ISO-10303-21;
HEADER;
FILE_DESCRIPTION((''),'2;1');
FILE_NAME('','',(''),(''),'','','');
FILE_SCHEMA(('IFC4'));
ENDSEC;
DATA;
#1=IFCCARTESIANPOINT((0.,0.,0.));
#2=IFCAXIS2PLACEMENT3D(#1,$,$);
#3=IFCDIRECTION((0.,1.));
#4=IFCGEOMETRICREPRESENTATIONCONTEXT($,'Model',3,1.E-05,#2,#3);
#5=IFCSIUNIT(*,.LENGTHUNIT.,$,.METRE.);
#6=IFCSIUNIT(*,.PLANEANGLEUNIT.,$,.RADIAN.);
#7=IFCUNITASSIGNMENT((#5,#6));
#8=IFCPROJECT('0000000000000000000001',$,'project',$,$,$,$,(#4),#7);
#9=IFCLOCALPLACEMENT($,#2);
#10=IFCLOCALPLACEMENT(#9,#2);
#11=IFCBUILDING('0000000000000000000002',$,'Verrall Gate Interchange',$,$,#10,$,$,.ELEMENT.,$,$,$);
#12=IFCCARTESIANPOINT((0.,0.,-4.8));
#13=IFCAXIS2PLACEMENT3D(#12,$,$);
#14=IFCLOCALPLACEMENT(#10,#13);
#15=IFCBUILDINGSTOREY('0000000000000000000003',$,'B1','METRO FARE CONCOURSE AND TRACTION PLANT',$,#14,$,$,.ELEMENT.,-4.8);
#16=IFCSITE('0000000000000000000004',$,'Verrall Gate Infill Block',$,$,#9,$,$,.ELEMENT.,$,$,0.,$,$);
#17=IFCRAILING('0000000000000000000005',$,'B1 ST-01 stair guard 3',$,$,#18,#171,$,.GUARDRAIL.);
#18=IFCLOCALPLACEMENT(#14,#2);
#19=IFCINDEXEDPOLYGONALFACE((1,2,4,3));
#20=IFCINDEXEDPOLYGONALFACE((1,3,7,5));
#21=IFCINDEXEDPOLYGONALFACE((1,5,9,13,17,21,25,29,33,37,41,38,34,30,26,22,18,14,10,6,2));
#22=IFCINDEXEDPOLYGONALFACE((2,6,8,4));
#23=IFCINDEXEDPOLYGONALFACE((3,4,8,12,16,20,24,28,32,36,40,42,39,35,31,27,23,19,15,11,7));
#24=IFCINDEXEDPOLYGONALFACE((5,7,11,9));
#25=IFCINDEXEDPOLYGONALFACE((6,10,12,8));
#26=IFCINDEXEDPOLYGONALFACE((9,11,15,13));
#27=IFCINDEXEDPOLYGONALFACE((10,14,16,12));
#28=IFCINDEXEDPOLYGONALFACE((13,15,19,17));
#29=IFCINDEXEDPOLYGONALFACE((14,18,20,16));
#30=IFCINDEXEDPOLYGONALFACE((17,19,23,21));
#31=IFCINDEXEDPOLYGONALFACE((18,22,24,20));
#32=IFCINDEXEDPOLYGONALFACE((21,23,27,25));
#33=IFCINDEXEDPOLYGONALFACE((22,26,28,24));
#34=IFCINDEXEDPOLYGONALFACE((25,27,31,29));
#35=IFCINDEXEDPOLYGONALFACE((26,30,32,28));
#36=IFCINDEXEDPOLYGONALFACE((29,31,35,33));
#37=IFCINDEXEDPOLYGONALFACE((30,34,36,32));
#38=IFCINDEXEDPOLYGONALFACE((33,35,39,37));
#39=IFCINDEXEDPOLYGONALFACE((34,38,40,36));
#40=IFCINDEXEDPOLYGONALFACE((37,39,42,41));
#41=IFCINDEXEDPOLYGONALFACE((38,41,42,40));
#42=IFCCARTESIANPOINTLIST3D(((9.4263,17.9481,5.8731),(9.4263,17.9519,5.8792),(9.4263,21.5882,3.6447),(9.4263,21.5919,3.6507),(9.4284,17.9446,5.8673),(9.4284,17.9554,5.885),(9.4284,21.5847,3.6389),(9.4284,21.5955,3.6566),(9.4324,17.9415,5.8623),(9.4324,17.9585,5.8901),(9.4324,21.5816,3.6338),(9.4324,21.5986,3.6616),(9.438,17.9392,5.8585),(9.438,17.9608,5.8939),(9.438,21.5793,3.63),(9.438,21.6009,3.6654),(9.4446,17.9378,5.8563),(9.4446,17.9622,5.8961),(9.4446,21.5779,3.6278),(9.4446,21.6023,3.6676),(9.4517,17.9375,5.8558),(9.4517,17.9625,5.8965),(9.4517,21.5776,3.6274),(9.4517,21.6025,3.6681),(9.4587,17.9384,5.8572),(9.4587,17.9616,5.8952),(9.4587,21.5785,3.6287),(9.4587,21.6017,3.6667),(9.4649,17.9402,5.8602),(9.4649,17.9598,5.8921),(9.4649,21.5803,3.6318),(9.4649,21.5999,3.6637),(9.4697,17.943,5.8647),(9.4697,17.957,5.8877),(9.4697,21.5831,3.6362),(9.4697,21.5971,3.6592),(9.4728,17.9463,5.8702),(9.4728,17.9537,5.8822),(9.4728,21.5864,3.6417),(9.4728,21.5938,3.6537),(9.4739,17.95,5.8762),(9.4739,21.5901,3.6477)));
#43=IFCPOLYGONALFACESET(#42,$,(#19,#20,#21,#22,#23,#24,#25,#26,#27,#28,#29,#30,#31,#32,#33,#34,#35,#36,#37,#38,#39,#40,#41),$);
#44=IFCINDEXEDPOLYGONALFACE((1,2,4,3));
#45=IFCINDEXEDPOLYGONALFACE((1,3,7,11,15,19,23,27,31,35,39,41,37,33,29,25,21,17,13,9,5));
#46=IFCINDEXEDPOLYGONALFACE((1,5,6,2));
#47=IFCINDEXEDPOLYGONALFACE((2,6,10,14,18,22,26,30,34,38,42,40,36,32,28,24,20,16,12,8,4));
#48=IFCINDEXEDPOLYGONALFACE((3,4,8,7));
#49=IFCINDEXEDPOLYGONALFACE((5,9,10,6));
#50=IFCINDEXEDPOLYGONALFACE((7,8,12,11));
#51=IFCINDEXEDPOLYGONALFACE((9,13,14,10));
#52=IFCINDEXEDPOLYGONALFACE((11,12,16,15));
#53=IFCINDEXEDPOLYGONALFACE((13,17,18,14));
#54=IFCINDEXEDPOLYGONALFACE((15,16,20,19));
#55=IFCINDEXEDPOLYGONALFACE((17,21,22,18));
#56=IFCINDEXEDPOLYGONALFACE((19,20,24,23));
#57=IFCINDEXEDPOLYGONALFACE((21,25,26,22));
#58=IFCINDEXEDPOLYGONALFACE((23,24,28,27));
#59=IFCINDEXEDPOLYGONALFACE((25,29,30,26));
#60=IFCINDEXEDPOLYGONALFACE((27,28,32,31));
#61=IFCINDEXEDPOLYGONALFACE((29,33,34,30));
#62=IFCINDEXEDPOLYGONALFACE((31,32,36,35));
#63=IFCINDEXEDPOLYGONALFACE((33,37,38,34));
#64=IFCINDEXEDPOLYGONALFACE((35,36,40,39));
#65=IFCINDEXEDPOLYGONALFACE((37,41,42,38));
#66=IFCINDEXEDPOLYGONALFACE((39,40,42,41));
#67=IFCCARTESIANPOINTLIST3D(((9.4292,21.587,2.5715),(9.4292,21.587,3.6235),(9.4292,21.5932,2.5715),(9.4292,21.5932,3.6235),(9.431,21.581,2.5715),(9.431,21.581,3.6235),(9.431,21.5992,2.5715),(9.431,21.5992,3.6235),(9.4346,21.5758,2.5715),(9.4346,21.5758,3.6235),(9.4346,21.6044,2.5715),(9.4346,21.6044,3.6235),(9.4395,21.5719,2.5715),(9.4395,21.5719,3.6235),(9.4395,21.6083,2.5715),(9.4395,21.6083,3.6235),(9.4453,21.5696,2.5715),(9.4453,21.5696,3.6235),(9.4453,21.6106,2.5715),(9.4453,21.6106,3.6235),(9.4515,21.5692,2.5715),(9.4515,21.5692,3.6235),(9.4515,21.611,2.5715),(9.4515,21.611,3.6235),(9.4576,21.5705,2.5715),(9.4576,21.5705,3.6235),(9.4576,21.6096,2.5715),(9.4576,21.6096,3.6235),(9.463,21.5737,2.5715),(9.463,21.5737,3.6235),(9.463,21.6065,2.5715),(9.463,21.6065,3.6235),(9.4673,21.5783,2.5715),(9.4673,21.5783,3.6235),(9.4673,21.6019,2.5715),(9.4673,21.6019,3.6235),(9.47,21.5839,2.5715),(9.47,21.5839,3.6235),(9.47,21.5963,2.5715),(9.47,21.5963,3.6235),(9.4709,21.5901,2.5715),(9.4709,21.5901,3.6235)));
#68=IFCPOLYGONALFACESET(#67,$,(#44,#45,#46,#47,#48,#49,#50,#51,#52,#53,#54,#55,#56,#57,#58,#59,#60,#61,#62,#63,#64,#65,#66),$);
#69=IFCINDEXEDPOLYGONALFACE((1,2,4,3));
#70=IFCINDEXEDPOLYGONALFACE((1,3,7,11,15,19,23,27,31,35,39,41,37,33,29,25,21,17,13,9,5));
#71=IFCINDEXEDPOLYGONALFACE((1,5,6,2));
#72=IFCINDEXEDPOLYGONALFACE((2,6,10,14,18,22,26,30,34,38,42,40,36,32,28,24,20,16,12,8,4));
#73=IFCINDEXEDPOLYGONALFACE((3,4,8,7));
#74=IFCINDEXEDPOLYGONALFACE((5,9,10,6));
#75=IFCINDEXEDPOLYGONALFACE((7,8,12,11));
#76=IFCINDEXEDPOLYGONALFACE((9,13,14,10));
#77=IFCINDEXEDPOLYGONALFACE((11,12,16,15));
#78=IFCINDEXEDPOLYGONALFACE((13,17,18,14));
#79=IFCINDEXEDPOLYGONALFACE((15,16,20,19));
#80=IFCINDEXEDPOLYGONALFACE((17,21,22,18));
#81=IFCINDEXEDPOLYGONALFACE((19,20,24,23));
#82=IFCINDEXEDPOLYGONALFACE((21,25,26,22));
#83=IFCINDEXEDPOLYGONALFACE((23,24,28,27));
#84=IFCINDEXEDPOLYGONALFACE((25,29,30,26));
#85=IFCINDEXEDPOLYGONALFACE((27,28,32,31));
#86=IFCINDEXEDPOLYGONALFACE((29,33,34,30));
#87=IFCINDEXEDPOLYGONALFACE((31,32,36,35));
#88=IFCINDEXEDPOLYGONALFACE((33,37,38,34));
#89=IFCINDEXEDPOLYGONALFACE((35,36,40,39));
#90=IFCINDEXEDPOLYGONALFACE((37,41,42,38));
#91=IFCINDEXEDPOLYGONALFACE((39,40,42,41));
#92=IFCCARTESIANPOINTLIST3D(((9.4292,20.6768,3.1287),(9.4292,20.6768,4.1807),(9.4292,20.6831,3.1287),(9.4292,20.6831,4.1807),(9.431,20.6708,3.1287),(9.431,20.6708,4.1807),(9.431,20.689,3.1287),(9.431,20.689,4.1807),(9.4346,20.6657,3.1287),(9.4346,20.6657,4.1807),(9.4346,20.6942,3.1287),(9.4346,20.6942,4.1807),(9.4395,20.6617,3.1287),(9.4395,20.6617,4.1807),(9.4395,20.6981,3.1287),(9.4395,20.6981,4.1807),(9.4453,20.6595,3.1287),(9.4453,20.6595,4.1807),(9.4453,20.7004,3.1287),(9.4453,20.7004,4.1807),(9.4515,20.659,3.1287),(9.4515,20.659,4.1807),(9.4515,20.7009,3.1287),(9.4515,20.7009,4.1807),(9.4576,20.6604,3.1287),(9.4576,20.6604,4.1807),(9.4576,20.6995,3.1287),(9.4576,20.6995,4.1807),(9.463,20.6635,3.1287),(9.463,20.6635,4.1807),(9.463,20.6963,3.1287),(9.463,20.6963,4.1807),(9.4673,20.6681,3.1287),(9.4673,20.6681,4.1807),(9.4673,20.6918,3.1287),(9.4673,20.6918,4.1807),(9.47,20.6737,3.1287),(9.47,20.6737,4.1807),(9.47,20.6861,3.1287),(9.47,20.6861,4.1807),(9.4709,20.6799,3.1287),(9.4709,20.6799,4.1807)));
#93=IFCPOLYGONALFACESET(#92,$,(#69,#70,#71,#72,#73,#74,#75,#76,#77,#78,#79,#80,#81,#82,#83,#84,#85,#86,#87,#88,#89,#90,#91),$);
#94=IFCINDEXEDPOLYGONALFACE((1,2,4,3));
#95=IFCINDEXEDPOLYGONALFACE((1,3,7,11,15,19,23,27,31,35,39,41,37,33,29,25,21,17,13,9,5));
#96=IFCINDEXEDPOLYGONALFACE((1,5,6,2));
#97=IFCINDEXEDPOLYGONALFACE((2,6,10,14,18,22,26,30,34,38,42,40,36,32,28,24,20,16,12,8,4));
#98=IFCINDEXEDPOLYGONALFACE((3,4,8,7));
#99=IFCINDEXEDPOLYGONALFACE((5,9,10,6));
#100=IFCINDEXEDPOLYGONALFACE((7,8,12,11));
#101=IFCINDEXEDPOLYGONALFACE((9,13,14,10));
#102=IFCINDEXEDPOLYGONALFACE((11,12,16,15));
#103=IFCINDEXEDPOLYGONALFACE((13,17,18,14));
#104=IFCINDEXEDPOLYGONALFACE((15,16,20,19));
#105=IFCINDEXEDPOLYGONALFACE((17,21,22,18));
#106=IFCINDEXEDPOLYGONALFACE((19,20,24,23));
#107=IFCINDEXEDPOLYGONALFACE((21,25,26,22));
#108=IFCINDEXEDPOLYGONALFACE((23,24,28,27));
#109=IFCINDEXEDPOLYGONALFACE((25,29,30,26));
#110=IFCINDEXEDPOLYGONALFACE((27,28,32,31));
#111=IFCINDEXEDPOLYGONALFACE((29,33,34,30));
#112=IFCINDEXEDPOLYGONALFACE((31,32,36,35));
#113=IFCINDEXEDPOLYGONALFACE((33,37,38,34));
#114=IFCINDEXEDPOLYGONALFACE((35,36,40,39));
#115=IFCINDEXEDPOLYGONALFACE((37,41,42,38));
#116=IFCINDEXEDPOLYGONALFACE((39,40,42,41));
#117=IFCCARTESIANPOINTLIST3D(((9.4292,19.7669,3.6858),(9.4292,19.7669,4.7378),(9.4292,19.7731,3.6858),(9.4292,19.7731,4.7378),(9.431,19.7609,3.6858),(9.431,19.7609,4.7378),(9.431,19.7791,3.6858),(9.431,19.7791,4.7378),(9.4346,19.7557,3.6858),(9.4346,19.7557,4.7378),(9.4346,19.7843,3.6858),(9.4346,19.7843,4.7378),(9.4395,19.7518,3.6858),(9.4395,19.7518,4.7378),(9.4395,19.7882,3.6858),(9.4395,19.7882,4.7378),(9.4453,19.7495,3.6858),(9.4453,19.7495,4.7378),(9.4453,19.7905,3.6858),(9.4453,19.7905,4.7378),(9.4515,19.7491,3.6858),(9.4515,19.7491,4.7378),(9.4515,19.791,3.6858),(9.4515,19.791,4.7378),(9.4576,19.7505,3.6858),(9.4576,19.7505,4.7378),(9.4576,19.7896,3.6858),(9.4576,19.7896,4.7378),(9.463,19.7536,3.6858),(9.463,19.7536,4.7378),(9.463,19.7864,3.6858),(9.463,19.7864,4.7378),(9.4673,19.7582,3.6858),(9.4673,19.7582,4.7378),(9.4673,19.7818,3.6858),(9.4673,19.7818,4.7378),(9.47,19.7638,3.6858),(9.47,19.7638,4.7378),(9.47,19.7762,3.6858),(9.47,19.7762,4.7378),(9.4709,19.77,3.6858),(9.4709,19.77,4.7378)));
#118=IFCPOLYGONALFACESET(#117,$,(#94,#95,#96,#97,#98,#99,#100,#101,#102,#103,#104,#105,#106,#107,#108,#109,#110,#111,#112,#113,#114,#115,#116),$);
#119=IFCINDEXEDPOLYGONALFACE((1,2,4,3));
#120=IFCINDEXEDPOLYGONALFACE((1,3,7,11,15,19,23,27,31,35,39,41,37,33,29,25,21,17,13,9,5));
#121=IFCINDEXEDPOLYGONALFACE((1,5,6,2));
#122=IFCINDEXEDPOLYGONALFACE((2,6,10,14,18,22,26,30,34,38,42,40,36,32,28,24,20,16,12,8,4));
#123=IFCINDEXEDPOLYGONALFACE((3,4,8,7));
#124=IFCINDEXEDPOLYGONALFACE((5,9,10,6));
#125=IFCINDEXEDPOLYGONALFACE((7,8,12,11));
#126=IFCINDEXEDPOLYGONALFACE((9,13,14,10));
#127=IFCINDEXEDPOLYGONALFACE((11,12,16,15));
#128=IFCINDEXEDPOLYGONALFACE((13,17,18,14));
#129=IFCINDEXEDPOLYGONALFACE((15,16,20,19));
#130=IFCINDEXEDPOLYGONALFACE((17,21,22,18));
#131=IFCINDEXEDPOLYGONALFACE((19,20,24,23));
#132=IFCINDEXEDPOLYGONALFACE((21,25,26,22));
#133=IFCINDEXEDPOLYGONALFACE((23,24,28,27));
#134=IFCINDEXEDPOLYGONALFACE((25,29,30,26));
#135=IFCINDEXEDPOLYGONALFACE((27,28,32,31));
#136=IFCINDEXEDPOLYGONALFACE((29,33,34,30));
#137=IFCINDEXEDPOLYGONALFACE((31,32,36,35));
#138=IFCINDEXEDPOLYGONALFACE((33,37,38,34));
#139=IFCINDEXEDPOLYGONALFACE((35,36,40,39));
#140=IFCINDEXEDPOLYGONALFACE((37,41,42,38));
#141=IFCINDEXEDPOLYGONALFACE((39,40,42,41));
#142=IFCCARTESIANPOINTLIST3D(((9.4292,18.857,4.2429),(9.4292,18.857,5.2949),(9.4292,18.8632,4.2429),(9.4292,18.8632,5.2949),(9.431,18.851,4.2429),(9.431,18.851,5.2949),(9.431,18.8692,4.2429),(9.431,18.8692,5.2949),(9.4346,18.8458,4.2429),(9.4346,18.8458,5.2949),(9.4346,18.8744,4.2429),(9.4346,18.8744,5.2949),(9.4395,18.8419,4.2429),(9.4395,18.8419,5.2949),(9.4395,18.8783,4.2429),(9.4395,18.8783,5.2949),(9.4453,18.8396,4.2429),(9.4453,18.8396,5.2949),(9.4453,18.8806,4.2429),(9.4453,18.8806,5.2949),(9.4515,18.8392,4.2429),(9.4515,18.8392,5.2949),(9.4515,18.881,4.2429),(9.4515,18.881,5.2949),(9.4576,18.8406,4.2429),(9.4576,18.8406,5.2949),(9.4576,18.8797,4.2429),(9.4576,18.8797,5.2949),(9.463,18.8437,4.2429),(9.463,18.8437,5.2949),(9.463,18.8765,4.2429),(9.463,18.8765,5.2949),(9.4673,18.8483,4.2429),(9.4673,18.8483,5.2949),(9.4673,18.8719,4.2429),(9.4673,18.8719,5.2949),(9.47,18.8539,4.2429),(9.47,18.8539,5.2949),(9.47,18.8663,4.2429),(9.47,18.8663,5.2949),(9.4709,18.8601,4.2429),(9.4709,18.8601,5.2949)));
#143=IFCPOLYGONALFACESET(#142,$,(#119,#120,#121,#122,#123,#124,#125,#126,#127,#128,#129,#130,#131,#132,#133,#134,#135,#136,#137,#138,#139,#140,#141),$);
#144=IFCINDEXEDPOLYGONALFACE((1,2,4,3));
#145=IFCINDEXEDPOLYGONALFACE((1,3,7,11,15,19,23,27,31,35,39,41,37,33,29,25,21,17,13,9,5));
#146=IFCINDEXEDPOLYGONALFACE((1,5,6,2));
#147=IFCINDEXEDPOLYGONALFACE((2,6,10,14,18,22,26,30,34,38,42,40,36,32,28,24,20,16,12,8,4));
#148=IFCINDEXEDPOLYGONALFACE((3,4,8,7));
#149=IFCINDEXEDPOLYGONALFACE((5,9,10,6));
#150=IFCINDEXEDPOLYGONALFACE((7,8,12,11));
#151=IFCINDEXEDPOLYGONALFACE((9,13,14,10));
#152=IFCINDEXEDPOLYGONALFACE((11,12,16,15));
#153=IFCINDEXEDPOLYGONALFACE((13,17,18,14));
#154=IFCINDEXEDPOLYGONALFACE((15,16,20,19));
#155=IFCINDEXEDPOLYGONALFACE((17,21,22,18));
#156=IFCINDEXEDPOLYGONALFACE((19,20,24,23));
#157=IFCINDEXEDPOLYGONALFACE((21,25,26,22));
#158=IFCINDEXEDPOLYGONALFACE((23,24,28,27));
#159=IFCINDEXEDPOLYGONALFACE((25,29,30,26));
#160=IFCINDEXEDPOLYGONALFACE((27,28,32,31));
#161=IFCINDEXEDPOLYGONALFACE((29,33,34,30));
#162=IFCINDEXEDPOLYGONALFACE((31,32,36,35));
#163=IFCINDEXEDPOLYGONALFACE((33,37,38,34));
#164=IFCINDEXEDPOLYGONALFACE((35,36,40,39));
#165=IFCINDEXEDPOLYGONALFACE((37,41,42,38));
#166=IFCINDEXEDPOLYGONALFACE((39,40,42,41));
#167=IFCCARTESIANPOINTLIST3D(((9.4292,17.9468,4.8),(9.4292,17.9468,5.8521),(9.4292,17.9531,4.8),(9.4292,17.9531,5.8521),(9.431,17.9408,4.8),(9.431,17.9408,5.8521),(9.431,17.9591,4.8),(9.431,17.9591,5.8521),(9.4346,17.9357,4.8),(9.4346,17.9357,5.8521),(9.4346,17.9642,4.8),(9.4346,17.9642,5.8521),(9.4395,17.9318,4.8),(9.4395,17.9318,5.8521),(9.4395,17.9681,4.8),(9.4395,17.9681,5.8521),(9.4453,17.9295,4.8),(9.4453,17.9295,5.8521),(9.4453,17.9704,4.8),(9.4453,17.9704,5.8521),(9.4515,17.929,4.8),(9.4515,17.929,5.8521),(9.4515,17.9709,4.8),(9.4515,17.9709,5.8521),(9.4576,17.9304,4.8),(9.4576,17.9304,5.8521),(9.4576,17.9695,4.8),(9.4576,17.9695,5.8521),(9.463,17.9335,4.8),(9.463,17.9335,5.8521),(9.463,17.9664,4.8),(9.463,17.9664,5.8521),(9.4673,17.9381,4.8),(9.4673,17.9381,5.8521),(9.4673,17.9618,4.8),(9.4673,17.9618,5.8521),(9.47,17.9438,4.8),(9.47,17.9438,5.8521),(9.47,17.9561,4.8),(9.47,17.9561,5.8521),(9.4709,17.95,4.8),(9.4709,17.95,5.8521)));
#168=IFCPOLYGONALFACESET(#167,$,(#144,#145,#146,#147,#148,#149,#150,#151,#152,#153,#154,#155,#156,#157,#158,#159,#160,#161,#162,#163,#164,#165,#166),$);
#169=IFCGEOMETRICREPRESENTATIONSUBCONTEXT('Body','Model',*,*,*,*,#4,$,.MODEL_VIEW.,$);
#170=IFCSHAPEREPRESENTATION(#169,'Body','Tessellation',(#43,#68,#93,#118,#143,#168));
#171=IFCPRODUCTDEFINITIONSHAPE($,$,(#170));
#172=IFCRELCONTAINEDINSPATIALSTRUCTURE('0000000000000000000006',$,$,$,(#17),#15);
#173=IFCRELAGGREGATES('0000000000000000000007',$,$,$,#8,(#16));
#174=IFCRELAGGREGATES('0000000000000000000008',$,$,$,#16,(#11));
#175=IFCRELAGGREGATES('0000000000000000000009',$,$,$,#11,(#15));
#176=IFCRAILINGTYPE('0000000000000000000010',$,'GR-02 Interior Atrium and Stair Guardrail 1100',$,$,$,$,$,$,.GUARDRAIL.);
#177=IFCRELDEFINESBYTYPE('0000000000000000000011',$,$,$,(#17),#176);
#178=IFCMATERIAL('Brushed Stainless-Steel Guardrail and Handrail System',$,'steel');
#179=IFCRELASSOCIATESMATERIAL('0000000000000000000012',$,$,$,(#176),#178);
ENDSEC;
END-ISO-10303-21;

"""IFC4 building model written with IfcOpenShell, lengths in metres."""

from ifc_helpers import new_model, si_unit, direction, frame, origin, origin_2d, place, context, subcontext, project, spatial, circle, extrude, material, type_object, element, save


model = new_model("IFC4")

# Units and contexts
model_context = context("Model", 3, precision=1e-05, world=origin(), true_north=direction((0.0, 1.0)))
body_context = subcontext(model_context, "Body", "Model", "MODEL_VIEW")
ifc_project = project(units=[si_unit("LENGTHUNIT", "METRE"), si_unit("PLANEANGLEUNIT", "RADIAN")], contexts=[model_context])

# Site, building, storey
site_placement = place(None, origin())
site = spatial("IfcSite", under=ifc_project, at=site_placement, Name="Verrall Gate Infill Block", CompositionType="ELEMENT", RefElevation=0.0)
building_placement = place(site_placement, origin())
building = spatial("IfcBuilding", under=site, at=building_placement, Name="Verrall Gate Interchange", CompositionType="ELEMENT")
storey_placement = place(building_placement, frame((0.0, 0.0, -4.8)))
storey = spatial("IfcBuildingStorey", under=building, at=storey_placement, Name="B1", Description="METRO FARE CONCOURSE AND TRACTION PLANT", CompositionType="ELEMENT", Elevation=-4.8)

# Railing
ifc_material_1 = material(Name="Brushed Stainless-Steel Guardrail and Handrail System", Category="steel")
railing_type_1 = type_object("IfcRailingType", Name="GR-02 Interior Atrium and Stair Guardrail 1100", PredefinedType="GUARDRAIL", material=ifc_material_1)
railing_1_placement = place(storey_placement, frame((9.45, 21.5901, 2.5715)))
element("IfcRailing", 1, at=railing_1_placement, inside=storey, type_object=railing_type_1, Name="B1 ST-01 stair guard 3", PredefinedType="GUARDRAIL", context=body_context, shape_type="SweptSolid", body=[
    extrude(circle(Radius=0.0239, at=origin_2d()), frame((0.0, 0.0, 1.0762), z_axis=(0.0, -0.852866, 0.52213), x_axis=(1.0, 0.0, 0.0)), (0.0, 0.0, 1.0), 4.2681),
    extrude(circle(Radius=0.021, at=origin_2d()), origin(), (0.0, 0.0, 1.0), 1.052),
    extrude(circle(Radius=0.021, at=origin_2d()), frame((0.0, -0.9102, 0.5571)), (0.0, 0.0, 1.0), 1.052),
    extrude(circle(Radius=0.021, at=origin_2d()), frame((0.0, -1.8201, 1.1143)), (0.0, 0.0, 1.0), 1.052),
    extrude(circle(Radius=0.021, at=origin_2d()), frame((0.0, -2.73, 1.6714)), (0.0, 0.0, 1.0), 1.052),
    extrude(circle(Radius=0.021, at=origin_2d()), frame((0.0, -3.6401, 2.2285)), (0.0, 0.0, 1.0), 1.052),
])

save(model, "model.ifc")
